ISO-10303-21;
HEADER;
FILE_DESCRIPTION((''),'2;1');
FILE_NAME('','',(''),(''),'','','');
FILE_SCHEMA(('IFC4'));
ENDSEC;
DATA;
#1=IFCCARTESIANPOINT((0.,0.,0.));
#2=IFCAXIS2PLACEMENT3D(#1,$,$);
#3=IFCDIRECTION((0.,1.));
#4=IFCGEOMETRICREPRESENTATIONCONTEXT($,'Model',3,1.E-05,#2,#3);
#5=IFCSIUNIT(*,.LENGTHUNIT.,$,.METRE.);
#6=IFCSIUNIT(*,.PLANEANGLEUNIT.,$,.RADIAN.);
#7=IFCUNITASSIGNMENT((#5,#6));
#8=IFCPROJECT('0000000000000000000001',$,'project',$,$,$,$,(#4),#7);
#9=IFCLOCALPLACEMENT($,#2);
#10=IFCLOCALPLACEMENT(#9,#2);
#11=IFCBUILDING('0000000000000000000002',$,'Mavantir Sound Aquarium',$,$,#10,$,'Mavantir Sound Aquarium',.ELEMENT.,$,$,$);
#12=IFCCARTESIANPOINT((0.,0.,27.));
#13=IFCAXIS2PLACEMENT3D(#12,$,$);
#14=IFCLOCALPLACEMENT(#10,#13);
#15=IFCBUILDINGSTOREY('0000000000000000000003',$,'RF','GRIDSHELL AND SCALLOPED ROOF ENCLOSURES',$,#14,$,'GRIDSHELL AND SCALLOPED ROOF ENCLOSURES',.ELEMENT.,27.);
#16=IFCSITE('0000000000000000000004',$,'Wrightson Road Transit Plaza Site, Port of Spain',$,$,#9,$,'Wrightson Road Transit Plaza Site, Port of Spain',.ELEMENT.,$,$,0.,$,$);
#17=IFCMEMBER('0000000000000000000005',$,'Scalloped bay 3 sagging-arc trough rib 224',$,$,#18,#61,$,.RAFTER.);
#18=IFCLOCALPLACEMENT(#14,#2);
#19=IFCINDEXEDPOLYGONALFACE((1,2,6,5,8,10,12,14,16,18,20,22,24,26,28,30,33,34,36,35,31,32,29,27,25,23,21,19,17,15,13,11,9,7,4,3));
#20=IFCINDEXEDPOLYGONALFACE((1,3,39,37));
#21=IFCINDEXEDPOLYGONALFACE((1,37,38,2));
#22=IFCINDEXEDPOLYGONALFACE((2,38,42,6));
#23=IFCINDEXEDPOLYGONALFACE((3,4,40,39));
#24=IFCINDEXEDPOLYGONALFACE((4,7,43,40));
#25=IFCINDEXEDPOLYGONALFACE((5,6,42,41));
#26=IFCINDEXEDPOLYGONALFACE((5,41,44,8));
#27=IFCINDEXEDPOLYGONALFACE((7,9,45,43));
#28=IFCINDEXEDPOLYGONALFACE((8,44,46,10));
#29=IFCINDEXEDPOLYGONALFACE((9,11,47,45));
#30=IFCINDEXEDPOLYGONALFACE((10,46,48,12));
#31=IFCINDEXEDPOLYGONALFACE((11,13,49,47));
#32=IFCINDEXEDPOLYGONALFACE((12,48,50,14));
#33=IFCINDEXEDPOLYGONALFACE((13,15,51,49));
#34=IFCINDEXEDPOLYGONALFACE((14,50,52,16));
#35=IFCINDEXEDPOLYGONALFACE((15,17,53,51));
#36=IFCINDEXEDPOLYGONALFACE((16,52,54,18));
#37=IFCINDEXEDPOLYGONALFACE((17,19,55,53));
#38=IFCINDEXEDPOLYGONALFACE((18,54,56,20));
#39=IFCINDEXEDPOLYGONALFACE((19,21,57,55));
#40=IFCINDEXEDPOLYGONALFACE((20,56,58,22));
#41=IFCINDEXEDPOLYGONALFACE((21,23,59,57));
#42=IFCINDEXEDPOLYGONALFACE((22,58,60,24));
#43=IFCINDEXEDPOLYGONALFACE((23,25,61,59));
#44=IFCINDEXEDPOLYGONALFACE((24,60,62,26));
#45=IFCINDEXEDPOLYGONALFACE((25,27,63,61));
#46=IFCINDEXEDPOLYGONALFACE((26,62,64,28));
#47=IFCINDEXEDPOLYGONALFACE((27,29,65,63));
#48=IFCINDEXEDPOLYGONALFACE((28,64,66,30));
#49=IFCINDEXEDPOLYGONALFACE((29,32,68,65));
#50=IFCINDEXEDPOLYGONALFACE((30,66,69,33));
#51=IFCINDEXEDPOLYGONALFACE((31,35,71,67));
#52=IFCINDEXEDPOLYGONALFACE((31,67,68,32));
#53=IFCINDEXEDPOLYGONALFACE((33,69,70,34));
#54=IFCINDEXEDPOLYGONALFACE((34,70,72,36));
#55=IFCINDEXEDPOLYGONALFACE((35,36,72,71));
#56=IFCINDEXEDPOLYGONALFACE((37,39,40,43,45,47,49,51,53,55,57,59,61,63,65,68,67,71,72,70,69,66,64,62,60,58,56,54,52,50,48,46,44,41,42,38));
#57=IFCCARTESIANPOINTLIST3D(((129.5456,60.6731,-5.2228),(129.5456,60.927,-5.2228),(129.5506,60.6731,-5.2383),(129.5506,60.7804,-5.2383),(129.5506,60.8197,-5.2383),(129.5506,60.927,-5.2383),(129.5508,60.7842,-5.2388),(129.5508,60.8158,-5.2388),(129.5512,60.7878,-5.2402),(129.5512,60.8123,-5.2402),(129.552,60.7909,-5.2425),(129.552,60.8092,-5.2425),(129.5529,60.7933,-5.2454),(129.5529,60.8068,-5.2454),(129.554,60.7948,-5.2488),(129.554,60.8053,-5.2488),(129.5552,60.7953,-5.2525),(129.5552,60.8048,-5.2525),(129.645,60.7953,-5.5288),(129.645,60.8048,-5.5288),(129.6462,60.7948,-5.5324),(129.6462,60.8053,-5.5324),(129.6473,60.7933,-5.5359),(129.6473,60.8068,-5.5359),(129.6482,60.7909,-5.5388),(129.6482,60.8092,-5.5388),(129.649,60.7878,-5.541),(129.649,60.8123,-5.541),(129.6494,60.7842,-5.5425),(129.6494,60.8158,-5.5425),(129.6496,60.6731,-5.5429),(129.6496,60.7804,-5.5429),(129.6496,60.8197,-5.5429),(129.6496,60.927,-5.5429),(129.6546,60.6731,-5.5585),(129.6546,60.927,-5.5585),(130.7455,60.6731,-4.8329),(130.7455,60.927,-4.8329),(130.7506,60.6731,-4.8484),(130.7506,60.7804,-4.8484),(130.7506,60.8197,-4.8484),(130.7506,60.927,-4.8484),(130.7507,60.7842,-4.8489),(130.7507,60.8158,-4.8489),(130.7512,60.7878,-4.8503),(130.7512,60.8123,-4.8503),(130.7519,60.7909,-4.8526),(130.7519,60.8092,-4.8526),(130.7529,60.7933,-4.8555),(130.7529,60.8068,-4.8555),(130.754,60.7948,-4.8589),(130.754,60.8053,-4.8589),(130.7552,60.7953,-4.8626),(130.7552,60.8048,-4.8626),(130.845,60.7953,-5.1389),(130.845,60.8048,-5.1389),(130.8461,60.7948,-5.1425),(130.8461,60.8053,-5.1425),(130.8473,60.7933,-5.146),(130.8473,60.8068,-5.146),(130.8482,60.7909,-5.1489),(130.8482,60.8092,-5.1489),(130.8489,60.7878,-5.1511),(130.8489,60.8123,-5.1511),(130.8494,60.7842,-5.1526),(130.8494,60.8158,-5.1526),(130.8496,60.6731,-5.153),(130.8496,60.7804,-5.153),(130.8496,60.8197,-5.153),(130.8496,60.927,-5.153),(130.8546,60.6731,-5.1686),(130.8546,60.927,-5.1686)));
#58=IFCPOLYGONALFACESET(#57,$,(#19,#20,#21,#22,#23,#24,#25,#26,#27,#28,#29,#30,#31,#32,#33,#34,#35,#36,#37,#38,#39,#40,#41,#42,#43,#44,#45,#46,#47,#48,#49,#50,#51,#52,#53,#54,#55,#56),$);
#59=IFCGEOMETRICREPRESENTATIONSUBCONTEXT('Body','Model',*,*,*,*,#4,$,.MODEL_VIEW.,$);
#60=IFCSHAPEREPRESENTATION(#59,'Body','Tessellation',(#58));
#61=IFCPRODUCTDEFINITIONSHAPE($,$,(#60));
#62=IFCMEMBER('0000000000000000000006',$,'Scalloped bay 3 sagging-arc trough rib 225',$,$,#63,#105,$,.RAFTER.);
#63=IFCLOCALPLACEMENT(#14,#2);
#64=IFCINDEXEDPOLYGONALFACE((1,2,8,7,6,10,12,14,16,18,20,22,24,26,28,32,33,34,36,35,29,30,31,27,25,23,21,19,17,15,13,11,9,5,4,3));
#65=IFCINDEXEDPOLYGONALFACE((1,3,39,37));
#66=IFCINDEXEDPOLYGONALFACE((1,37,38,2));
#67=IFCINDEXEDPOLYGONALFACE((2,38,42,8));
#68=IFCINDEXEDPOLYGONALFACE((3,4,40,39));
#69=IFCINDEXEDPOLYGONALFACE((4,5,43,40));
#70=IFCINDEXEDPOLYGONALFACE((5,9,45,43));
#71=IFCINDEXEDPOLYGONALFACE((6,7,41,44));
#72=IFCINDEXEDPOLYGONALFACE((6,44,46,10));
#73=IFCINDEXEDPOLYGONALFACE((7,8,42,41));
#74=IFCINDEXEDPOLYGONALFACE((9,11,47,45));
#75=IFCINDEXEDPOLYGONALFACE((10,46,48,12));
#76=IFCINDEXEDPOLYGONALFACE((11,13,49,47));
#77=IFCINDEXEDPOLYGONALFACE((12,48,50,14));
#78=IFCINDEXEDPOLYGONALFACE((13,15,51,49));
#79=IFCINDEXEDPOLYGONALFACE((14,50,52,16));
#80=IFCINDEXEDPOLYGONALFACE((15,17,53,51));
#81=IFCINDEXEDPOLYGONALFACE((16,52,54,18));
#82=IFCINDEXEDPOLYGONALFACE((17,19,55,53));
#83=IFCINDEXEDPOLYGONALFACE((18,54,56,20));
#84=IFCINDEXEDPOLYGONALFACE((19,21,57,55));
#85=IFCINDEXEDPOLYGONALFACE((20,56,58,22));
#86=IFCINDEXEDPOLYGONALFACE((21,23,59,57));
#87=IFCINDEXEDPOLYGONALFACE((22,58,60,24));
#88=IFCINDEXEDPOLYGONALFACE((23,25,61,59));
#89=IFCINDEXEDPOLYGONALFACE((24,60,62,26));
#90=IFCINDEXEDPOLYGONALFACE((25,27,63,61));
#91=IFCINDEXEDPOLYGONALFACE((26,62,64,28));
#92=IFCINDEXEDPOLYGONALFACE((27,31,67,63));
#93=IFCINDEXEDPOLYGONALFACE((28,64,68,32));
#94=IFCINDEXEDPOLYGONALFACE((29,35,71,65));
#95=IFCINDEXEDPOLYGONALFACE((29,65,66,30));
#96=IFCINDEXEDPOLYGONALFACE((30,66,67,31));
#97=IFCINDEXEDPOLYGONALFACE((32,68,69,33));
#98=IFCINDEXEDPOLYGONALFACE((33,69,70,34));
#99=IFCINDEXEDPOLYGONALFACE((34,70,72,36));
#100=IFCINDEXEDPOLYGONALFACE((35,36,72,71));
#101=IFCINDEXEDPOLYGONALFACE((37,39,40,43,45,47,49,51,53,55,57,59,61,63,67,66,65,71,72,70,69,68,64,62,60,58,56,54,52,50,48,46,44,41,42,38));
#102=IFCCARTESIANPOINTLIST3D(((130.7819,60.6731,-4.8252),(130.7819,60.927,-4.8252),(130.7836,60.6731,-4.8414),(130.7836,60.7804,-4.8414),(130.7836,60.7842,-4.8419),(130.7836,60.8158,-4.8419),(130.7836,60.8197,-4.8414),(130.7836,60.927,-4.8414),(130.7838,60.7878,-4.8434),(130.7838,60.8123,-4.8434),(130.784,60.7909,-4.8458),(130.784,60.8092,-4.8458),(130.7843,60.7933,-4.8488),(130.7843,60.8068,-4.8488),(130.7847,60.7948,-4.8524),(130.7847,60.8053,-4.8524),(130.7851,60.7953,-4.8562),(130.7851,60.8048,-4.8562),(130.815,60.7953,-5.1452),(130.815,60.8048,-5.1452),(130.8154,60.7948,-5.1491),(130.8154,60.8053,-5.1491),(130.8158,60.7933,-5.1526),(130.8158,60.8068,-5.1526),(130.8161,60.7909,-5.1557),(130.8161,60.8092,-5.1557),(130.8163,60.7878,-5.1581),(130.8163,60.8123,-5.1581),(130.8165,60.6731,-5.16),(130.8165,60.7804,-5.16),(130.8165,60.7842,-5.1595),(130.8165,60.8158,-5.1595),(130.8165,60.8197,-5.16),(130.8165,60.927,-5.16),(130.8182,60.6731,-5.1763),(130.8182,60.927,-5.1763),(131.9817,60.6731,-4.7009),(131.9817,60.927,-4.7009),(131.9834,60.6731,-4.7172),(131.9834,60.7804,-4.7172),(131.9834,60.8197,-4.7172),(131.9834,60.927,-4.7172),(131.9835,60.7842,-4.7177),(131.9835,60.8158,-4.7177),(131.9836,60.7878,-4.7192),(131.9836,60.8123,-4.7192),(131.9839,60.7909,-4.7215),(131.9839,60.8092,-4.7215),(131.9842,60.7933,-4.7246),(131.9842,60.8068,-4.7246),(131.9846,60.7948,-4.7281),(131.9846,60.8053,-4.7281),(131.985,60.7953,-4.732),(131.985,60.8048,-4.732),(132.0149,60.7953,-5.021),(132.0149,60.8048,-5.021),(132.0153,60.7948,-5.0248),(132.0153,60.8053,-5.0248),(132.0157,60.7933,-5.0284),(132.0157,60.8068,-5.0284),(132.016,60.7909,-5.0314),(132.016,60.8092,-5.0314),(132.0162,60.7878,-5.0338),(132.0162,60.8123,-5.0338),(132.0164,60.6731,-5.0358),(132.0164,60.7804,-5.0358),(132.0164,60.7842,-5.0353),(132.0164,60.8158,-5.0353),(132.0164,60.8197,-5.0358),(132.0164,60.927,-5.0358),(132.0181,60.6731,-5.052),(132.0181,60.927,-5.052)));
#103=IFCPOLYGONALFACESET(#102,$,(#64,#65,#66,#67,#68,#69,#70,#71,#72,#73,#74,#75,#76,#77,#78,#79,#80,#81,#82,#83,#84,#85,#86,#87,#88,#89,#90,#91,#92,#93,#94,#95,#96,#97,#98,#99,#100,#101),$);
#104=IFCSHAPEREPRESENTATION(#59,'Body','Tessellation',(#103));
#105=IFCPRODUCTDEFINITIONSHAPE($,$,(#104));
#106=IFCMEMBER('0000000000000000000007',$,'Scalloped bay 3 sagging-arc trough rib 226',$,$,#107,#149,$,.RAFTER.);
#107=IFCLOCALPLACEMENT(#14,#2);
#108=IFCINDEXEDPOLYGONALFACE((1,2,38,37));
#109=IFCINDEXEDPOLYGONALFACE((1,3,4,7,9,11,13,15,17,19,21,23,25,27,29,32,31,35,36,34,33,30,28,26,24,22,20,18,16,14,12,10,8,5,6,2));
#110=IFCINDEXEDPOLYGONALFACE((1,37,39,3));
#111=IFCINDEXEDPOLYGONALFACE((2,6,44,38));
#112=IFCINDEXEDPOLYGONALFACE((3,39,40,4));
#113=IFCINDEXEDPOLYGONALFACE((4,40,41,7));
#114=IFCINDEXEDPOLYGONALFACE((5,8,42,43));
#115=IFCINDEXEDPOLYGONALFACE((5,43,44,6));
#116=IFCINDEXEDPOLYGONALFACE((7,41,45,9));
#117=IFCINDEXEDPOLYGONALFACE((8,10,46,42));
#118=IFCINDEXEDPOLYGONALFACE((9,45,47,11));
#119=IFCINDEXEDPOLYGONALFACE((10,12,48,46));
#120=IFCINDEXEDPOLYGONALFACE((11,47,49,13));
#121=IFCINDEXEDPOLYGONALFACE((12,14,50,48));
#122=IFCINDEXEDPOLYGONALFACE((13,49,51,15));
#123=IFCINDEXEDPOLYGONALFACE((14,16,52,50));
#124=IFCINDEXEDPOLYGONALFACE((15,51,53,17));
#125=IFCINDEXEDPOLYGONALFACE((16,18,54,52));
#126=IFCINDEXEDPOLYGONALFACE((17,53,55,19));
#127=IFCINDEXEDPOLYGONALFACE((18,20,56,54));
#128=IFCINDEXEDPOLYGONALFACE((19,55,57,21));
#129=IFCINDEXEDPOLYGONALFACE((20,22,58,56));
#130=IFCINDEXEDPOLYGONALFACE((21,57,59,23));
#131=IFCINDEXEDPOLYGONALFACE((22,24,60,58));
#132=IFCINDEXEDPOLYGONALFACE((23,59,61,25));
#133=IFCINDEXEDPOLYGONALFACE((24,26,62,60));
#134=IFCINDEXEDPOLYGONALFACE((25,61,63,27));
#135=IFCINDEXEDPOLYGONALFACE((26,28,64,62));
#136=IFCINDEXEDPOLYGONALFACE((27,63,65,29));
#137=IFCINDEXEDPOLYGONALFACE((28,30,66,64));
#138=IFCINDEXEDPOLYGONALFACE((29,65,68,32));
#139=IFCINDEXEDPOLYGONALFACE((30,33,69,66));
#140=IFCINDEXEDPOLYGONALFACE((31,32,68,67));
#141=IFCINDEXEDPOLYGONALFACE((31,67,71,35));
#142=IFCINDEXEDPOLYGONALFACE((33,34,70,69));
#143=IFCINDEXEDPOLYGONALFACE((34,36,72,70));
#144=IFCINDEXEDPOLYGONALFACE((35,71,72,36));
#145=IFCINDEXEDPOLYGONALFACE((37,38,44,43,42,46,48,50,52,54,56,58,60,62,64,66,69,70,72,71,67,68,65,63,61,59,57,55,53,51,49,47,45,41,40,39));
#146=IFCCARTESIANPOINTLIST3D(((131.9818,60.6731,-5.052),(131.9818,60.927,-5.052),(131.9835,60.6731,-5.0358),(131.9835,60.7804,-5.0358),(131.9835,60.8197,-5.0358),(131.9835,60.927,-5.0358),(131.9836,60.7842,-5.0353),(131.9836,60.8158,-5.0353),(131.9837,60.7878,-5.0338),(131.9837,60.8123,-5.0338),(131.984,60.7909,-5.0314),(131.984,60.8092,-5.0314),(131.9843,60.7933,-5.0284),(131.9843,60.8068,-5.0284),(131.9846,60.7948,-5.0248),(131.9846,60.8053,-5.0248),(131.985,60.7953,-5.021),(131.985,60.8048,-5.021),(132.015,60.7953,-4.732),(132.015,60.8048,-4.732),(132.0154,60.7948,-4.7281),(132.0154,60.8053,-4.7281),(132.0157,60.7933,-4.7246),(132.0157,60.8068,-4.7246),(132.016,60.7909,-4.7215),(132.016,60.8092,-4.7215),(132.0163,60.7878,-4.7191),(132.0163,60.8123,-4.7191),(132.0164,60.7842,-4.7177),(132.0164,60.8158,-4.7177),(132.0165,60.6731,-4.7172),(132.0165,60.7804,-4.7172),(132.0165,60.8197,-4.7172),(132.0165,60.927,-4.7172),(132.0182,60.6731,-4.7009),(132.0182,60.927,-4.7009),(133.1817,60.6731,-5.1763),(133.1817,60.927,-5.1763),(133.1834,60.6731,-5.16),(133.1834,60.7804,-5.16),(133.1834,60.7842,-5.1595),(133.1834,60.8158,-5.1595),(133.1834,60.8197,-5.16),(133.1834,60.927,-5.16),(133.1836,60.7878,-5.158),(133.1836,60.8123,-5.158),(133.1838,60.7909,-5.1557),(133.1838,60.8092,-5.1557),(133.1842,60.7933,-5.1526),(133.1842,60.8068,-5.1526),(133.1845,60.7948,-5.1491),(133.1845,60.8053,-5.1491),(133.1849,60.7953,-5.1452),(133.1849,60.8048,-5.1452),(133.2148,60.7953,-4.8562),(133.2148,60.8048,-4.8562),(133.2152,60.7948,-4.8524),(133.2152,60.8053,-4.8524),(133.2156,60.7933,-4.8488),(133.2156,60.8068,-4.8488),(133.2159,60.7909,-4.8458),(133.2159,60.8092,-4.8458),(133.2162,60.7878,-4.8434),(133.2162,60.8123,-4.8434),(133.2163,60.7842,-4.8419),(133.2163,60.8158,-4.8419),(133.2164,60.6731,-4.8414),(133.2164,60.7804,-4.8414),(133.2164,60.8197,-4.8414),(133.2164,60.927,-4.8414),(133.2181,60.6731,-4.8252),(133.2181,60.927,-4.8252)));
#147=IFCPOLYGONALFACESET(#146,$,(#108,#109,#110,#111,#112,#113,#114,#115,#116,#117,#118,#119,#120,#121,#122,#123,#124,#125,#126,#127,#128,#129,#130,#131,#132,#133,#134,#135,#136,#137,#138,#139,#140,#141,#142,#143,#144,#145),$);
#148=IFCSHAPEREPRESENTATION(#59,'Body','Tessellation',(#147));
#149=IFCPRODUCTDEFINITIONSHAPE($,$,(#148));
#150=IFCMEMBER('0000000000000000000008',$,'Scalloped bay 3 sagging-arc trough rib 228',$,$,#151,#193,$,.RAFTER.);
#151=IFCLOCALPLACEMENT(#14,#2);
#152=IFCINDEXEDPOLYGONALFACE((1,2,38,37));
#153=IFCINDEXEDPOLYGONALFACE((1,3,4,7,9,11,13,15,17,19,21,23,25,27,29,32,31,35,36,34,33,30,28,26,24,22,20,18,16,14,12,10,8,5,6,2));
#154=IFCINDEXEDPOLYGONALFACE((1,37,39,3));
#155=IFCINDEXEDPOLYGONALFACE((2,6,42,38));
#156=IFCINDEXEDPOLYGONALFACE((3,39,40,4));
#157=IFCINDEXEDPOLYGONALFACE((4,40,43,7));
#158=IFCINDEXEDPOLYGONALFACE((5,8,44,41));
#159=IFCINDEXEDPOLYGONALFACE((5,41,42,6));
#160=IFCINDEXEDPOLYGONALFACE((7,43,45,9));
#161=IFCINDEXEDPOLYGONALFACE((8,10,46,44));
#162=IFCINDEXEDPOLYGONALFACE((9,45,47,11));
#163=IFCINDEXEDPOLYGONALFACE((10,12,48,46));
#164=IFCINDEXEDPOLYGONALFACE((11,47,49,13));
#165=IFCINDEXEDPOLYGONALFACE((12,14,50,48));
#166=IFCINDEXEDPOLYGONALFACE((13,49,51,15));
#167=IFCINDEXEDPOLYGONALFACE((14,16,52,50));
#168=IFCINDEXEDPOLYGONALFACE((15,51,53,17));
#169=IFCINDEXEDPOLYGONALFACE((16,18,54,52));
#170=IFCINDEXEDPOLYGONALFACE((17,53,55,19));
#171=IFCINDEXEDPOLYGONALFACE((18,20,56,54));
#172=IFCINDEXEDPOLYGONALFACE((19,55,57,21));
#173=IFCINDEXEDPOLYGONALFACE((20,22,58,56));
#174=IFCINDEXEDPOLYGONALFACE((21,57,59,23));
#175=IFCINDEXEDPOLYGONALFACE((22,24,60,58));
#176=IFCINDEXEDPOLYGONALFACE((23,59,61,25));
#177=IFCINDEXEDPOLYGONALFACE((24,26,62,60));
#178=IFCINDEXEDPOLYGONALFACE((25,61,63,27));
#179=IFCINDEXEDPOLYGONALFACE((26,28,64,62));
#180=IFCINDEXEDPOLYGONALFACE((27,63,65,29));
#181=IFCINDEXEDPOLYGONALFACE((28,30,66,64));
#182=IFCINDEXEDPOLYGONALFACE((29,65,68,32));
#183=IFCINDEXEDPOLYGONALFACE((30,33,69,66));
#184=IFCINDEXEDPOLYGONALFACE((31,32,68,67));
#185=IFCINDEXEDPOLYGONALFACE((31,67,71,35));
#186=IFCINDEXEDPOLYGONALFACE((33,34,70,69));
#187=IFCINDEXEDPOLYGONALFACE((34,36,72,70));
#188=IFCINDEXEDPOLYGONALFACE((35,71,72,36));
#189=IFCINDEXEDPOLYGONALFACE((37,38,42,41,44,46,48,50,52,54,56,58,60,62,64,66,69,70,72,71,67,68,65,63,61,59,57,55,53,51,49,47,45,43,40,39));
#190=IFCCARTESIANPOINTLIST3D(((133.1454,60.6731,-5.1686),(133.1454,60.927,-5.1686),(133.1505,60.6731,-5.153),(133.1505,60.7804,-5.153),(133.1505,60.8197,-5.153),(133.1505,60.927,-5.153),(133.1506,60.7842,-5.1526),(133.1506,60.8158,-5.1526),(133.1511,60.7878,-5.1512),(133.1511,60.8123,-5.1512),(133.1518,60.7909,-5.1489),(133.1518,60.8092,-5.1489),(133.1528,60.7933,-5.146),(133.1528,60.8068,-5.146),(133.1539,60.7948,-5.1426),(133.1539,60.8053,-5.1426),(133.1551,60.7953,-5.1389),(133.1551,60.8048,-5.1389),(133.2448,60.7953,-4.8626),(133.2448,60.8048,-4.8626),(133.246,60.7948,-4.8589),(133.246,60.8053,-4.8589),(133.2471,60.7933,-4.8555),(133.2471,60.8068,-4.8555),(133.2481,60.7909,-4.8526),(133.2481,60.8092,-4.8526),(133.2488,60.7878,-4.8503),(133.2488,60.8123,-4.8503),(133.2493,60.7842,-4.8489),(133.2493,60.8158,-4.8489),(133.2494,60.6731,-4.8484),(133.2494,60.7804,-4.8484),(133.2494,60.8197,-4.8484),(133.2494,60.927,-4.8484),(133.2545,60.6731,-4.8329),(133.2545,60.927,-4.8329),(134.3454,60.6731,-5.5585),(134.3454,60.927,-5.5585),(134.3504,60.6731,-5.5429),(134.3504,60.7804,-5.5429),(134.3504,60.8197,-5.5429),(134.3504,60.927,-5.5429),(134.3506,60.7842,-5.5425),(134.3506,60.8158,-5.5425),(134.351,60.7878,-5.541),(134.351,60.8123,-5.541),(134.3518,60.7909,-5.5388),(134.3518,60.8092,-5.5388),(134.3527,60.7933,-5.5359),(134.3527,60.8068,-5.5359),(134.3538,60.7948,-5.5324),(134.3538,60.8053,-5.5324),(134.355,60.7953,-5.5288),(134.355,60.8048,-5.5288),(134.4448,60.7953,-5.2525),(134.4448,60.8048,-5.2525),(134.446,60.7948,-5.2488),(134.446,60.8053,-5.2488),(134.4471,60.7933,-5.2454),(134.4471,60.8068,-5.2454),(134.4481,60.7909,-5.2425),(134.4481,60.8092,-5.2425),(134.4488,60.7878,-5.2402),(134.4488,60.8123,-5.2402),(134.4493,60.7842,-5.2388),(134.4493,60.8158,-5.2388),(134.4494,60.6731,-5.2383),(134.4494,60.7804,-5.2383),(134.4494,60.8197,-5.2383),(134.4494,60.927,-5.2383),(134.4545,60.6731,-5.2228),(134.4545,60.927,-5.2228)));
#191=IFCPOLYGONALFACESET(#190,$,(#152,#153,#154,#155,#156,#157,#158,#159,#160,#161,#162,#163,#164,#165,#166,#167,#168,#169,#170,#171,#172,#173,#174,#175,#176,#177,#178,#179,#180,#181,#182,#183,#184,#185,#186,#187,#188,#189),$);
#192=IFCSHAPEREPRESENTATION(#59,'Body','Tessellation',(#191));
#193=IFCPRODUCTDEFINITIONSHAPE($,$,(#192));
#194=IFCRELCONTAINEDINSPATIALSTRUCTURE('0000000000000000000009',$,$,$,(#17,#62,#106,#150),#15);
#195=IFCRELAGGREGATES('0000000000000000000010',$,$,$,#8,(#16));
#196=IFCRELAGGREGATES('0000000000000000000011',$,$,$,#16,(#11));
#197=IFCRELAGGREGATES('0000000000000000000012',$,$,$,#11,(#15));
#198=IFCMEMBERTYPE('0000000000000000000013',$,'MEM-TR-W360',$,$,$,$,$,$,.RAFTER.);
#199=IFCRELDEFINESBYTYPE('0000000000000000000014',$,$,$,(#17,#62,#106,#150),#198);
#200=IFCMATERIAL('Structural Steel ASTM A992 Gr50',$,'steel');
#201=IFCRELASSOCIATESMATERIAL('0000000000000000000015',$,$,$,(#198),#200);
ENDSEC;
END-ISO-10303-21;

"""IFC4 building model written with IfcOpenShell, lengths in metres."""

from ifc_helpers import new_model, si_unit, direction, frame, origin, origin_2d, place, context, subcontext, project, spatial, i_section, extrude, material, material_profile, profile_set, type_object, element, save


model = new_model("IFC4")

# Units and contexts
model_context = context("Model", 3, precision=1e-05, world=origin(), true_north=direction((0.0, 1.0)))
body_context = subcontext(model_context, "Body", "Model", "MODEL_VIEW")
ifc_project = project(units=[si_unit("LENGTHUNIT", "METRE"), si_unit("PLANEANGLEUNIT", "RADIAN")], contexts=[model_context])

# Site, building, storey
site_placement = place(None, origin())
site = spatial("IfcSite", under=ifc_project, at=site_placement, Name="Wrightson Road Transit Plaza Site, Port of Spain", LongName="Wrightson Road Transit Plaza Site, Port of Spain", CompositionType="ELEMENT", RefElevation=0.0)
building_placement = place(site_placement, origin())
building = spatial("IfcBuilding", under=site, at=building_placement, Name="Mavantir Sound Aquarium", LongName="Mavantir Sound Aquarium", CompositionType="ELEMENT")
storey_placement = place(building_placement, frame((0.0, 0.0, 27.0)))
storey = spatial("IfcBuildingStorey", under=building, at=storey_placement, Name="RF", Description="GRIDSHELL AND SCALLOPED ROOF ENCLOSURES", LongName="GRIDSHELL AND SCALLOPED ROOF ENCLOSURES", CompositionType="ELEMENT", Elevation=27.0)

# Shared definitions
ifc_material_1 = material(Name="Structural Steel ASTM A992 Gr50", Category="steel")

# Members
ifc_material_profile_1 = material_profile(ifc_material_1, i_section(OverallWidth=0.2539, OverallDepth=0.353, WebThickness=0.0095, FlangeThickness=0.0164, FilletRadius=0.0149, at=origin_2d()), Name="W360X91")
ifc_profile_set_1 = profile_set([ifc_material_profile_1], Name="Structural Steel ASTM A992 Gr50")
member_type_1 = type_object("IfcMemberType", Name="MEM-TR-W360", PredefinedType="RAFTER", material=ifc_profile_set_1)
member_1_placement = place(storey_placement, frame((129.6001, 60.8, -5.3906), z_axis=(0.951055, 0.0, 0.30902), x_axis=(0.0, 1.0, 0.0)))
element("IfcMember", 1, at=member_1_placement, inside=storey, type_object=member_type_1, Name="Scalloped bay 3 sagging-arc trough rib 224", PredefinedType="RAFTER", context=body_context, shape_type="SweptSolid", body=[
    extrude(i_section(OverallWidth=0.2539, OverallDepth=0.353, WebThickness=0.0095, FlangeThickness=0.0164, FilletRadius=0.0149, at=origin_2d()), origin(), (0.0, 0.0, 1.0), 1.2617),
])
for number, where, z_axis, x_axis, name in (
    (2, (130.8, 60.8, -5.0007), (0.99468, 0.0, 0.10301), (0.0, 1.0, 0.0), "Scalloped bay 3 sagging-arc trough rib 225"),
    (3, (132.0, 60.8, -4.8765), (0.99468, 0.0, -0.10301), (0.0, 1.0, 0.0), "Scalloped bay 3 sagging-arc trough rib 226"),
):
    element("IfcMember", number, at=place(storey_placement, frame(where, z_axis=z_axis, x_axis=x_axis)), inside=storey, type_object=member_type_1, Name=name, PredefinedType="RAFTER", context=body_context, shape_type="SweptSolid", body=[
        extrude(i_section(OverallWidth=0.2539, OverallDepth=0.353, WebThickness=0.0095, FlangeThickness=0.0164, FilletRadius=0.0149, at=origin_2d()), origin(), (0.0, 0.0, 1.0), 1.2063),
    ])
member_2_placement = place(storey_placement, frame((133.2, 60.8, -5.0007), z_axis=(0.951055, 0.0, -0.30902), x_axis=(0.0, 1.0, 0.0)))
element("IfcMember", 4, at=member_2_placement, inside=storey, type_object=member_type_1, Name="Scalloped bay 3 sagging-arc trough rib 228", PredefinedType="RAFTER", context=body_context, shape_type="SweptSolid", body=[
    extrude(i_section(OverallWidth=0.2539, OverallDepth=0.353, WebThickness=0.0095, FlangeThickness=0.0164, FilletRadius=0.0149, at=origin_2d()), origin(), (0.0, 0.0, 1.0), 1.2617),
])

save(model, "model.ifc")
